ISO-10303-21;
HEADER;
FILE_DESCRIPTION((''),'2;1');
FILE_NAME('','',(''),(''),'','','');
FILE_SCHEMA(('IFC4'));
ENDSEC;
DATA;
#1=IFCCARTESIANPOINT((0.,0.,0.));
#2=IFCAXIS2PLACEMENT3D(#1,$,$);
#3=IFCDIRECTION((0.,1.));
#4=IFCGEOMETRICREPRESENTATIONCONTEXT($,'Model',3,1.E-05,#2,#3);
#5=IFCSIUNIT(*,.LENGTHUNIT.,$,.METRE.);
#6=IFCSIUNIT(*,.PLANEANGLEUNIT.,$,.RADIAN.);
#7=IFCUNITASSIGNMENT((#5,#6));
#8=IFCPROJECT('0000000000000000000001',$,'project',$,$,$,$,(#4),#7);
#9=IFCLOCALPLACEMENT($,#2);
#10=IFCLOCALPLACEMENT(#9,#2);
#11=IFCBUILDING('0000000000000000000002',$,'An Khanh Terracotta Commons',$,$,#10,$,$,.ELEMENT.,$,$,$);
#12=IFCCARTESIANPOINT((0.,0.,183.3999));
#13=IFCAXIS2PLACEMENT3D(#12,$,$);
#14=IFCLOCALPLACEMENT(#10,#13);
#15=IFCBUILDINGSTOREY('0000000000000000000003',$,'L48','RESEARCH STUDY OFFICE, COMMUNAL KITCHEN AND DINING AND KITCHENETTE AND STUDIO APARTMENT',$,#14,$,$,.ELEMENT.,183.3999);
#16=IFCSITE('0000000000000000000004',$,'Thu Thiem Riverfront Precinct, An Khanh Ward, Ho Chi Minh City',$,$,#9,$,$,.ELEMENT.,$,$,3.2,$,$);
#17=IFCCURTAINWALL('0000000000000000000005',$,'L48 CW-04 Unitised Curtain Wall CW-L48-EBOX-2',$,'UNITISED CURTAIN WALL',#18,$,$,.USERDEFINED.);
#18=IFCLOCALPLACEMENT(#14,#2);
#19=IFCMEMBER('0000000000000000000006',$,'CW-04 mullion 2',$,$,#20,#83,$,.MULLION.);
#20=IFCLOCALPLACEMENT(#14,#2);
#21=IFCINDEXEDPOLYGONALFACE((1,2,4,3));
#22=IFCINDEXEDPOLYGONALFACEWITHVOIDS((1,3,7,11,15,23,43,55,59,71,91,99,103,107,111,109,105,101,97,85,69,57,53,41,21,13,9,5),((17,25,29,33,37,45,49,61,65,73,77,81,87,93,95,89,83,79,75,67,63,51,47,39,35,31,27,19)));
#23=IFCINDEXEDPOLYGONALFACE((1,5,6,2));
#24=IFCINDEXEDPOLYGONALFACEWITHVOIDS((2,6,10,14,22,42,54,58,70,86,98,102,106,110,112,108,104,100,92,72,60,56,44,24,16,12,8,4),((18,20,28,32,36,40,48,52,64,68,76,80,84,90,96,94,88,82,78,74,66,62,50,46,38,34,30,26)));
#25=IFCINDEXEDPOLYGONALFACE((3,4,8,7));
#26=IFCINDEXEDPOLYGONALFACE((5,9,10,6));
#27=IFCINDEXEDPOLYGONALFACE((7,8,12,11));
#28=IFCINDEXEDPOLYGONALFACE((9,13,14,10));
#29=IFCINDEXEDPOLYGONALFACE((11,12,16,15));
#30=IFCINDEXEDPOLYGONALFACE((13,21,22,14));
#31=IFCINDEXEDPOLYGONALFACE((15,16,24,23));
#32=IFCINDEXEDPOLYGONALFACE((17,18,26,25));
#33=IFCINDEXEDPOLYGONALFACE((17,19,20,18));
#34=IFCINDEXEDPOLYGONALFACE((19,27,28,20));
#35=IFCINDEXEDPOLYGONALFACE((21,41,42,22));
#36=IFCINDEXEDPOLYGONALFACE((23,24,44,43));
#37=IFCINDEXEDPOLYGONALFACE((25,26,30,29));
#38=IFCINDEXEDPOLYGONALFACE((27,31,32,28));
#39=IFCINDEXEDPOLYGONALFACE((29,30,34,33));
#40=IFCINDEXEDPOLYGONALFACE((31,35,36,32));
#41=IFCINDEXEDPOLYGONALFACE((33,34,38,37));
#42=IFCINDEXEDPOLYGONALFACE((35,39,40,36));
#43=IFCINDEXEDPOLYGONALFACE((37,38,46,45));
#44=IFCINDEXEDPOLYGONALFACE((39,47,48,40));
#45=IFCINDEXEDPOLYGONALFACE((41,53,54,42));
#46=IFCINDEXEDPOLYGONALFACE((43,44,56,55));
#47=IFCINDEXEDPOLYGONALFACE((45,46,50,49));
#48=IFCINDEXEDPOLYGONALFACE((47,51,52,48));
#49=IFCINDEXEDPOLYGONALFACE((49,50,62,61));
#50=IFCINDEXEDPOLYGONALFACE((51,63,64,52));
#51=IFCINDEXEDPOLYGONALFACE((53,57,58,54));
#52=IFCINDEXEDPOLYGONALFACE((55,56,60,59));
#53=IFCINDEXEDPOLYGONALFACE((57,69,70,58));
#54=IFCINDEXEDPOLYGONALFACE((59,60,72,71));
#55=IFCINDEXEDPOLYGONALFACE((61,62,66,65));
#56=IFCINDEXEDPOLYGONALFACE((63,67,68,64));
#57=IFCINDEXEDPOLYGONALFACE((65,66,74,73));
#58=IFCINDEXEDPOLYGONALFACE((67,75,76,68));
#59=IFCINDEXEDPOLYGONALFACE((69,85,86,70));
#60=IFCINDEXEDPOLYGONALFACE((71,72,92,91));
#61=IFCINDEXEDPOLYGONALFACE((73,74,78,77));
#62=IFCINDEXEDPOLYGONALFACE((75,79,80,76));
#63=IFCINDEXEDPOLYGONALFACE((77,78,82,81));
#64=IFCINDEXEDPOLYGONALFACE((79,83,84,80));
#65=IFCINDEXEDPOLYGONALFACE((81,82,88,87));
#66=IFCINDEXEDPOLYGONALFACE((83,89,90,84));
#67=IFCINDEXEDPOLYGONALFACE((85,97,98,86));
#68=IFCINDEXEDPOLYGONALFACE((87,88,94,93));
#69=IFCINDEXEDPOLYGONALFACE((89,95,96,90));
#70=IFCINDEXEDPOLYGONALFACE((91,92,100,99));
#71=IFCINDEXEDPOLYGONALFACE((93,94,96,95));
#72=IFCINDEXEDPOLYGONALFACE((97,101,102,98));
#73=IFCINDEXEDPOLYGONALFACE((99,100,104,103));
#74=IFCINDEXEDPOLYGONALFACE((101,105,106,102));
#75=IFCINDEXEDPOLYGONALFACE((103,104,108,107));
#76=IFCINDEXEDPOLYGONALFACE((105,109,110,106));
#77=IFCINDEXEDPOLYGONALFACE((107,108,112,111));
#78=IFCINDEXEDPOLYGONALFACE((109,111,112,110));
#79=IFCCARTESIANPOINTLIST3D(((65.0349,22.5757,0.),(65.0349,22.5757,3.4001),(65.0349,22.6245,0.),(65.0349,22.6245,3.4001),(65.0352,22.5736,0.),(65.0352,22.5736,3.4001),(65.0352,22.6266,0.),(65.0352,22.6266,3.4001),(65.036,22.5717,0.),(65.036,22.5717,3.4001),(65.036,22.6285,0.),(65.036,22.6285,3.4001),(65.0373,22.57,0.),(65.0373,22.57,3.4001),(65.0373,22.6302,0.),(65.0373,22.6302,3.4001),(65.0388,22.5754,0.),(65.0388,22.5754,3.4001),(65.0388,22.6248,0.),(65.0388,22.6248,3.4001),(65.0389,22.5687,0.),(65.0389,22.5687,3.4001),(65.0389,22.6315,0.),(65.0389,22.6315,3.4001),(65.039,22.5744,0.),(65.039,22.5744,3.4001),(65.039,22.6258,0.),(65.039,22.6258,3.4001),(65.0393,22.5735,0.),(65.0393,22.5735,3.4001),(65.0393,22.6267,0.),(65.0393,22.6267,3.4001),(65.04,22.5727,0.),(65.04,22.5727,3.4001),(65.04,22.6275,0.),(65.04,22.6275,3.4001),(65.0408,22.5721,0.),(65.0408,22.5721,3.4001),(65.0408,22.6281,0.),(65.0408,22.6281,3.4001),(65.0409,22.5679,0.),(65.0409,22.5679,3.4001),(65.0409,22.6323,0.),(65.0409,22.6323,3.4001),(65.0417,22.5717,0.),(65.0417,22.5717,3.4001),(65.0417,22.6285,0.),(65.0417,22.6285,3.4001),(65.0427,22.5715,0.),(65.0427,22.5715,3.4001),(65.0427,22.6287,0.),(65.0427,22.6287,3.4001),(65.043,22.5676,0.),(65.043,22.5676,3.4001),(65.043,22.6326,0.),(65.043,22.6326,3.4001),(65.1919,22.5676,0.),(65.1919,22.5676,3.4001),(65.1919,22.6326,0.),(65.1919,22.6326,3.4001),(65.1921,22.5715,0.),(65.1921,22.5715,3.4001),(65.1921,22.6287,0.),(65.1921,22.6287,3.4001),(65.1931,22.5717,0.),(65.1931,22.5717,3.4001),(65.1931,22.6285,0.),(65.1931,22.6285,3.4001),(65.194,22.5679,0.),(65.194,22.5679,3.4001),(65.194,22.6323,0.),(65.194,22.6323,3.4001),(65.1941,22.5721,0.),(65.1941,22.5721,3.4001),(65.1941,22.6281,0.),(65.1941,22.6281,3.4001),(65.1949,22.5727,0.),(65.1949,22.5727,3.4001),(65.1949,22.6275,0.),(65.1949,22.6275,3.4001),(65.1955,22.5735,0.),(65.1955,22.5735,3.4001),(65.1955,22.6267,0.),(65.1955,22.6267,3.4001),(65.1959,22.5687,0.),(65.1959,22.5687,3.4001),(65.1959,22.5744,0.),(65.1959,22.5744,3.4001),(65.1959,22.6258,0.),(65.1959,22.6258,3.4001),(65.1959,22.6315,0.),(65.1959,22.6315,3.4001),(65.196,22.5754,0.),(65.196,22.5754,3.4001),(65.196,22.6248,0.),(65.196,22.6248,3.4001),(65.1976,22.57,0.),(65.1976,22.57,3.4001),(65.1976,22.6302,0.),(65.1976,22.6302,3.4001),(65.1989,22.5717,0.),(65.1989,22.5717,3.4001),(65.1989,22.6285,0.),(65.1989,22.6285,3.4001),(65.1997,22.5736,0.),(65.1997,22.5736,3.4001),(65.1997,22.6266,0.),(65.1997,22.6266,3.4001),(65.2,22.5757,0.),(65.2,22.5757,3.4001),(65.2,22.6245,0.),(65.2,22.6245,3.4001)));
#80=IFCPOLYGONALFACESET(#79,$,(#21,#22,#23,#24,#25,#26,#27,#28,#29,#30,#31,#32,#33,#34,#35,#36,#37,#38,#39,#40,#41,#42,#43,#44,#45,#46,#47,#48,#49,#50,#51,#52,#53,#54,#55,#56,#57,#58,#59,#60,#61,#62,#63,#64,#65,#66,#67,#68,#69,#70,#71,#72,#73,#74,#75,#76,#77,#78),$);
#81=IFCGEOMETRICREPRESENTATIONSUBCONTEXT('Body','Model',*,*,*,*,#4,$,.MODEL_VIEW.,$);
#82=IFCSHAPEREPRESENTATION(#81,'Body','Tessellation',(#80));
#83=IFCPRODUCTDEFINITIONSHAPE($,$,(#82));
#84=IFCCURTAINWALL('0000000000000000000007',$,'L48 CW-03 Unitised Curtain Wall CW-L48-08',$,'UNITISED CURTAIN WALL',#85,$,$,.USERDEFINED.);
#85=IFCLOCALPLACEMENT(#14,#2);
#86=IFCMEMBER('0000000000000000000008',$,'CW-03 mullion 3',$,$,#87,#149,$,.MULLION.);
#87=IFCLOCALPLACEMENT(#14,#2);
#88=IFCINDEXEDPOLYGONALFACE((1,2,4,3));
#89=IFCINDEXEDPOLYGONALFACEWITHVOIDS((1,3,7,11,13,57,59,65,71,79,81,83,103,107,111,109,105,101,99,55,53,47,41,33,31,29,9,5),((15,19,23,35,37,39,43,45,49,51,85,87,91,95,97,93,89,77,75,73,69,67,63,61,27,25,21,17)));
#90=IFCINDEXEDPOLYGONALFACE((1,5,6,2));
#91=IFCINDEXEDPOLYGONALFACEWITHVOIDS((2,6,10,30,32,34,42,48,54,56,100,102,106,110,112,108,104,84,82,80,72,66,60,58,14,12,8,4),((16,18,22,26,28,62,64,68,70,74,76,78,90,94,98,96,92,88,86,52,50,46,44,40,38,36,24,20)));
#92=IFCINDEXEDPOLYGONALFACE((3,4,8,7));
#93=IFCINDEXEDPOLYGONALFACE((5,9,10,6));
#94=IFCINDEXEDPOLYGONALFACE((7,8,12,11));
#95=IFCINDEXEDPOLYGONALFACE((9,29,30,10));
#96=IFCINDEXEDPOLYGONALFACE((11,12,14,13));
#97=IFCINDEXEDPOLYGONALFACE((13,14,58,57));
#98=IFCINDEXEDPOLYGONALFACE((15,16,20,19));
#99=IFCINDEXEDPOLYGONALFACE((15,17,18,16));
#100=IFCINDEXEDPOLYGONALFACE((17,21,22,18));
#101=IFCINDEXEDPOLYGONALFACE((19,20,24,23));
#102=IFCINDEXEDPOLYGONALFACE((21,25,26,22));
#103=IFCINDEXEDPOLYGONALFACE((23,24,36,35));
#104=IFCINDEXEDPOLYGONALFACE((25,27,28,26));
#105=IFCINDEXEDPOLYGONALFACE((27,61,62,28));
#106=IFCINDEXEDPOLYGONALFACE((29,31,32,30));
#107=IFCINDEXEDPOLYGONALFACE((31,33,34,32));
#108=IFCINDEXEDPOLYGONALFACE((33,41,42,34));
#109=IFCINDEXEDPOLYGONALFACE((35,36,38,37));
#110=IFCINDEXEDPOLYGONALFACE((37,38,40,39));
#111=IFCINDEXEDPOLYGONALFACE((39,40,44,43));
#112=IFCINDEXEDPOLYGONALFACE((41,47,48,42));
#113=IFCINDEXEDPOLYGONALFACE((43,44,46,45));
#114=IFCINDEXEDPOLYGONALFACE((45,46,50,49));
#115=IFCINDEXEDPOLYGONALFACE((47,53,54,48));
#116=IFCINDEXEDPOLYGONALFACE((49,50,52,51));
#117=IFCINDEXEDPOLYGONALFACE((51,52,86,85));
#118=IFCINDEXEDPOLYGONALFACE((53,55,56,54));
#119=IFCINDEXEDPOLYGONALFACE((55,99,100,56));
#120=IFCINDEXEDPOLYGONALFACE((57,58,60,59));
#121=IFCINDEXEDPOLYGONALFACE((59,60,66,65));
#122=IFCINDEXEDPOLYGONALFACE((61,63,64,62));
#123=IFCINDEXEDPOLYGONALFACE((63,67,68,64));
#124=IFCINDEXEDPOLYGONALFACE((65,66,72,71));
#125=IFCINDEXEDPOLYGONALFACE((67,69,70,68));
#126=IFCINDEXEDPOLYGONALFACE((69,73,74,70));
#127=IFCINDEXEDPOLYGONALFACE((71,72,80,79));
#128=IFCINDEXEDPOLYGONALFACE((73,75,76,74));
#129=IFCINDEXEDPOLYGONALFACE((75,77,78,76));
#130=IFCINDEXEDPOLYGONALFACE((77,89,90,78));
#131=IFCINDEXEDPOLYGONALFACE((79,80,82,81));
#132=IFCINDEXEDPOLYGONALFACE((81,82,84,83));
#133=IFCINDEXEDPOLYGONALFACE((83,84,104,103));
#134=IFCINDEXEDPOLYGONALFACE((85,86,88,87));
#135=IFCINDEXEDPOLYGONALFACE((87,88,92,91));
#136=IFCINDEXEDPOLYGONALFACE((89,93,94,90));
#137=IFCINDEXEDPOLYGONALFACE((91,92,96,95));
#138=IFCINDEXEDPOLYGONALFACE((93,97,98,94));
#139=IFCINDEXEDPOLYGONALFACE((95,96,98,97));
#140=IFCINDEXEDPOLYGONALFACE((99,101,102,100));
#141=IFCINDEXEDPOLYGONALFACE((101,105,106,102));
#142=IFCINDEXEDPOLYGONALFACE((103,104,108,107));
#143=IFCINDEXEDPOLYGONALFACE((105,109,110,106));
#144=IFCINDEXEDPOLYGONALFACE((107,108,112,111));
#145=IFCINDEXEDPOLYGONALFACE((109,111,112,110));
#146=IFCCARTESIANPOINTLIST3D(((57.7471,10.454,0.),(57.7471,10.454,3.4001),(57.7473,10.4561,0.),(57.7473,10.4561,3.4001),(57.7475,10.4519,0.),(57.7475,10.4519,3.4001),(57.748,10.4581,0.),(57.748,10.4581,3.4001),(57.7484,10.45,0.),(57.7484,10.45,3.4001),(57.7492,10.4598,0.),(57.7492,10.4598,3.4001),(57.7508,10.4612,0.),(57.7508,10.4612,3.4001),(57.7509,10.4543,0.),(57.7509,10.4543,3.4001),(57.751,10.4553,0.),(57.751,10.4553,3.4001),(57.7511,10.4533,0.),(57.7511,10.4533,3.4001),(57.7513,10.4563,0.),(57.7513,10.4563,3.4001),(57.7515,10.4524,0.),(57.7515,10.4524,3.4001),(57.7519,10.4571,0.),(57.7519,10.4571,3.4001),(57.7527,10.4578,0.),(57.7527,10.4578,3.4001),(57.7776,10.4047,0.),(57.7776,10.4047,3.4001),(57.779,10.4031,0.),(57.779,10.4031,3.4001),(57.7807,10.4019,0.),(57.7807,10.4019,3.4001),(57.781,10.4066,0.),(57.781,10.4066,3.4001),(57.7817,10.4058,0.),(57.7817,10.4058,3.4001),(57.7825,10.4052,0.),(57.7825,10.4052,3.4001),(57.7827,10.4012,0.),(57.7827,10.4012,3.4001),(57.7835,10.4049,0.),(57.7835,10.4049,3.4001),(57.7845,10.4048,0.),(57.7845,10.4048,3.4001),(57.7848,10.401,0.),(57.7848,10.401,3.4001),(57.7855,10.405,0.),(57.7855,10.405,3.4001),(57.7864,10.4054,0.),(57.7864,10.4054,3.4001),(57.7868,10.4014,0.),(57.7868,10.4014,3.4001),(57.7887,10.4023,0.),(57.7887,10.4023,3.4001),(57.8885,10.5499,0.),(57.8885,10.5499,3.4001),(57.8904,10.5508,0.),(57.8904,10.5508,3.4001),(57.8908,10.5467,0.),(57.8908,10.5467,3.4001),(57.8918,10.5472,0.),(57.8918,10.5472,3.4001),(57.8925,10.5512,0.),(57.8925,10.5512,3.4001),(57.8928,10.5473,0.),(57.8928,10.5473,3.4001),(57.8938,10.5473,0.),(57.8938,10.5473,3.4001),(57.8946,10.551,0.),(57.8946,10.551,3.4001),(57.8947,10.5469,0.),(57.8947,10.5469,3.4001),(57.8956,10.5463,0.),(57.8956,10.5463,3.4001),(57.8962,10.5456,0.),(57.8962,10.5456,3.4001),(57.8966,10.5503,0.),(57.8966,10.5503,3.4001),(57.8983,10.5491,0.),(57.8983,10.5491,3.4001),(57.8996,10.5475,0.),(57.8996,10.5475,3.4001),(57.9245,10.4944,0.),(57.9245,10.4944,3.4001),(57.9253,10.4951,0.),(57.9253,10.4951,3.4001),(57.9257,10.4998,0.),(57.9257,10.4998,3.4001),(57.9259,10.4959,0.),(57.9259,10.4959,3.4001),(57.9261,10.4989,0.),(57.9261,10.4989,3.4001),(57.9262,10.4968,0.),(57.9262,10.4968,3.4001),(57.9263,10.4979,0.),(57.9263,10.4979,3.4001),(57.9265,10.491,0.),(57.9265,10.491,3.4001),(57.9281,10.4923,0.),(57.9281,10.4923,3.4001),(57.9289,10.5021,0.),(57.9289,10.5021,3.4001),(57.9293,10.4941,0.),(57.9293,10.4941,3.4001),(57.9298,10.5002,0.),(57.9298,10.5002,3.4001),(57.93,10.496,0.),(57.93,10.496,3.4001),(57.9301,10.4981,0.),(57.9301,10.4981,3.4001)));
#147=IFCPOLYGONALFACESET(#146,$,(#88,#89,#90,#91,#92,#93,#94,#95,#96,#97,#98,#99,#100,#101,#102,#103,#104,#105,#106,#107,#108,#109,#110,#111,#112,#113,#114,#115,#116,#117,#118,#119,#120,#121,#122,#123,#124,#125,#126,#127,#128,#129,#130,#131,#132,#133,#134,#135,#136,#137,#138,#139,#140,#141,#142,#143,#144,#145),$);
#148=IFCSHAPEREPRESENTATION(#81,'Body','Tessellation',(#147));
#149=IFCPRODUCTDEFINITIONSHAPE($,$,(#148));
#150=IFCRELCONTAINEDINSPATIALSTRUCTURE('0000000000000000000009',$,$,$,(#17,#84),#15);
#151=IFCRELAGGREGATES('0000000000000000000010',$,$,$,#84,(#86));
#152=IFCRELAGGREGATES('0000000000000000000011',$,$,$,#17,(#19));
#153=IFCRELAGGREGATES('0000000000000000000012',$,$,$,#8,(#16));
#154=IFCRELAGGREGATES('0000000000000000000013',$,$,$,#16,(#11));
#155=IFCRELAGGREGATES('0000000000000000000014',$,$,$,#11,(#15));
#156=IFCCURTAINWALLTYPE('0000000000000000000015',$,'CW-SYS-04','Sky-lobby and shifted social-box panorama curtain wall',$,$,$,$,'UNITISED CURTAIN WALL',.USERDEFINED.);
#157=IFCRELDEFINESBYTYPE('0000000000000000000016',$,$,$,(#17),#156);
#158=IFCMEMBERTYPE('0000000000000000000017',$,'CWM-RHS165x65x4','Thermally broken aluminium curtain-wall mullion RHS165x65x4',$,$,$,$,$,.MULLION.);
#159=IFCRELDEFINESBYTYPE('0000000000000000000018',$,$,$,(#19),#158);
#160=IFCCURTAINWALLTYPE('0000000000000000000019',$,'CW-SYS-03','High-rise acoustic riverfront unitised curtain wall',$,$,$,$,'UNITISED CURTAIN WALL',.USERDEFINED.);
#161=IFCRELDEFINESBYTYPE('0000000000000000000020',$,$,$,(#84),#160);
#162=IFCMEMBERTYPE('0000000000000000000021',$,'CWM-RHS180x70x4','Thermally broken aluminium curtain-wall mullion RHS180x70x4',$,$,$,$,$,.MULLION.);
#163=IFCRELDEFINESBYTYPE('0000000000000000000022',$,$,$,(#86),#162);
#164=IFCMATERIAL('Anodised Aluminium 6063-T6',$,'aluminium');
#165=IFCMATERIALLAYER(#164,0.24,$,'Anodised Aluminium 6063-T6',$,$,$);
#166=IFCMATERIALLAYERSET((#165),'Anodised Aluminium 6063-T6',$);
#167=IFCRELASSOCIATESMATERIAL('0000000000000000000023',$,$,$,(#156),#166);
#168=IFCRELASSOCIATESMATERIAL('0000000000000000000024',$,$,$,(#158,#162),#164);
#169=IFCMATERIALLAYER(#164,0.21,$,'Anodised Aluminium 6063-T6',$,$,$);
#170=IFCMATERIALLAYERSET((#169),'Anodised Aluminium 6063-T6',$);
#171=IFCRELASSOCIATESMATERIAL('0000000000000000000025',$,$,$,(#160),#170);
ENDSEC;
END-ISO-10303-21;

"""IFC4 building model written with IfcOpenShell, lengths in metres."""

from ifc_helpers import new_model, si_unit, direction, frame, origin, origin_2d, place, context, subcontext, project, spatial, hollow_rectangle, extrude, material, layer, layer_set, material_profile, profile_set, type_object, element, aggregate, save


model = new_model("IFC4")

# Units and contexts
model_context = context("Model", 3, precision=1e-05, world=origin(), true_north=direction((0.0, 1.0)))
body_context = subcontext(model_context, "Body", "Model", "MODEL_VIEW")
ifc_project = project(units=[si_unit("LENGTHUNIT", "METRE"), si_unit("PLANEANGLEUNIT", "RADIAN")], contexts=[model_context])

# Site, building, storey
site_placement = place(None, origin())
site = spatial("IfcSite", under=ifc_project, at=site_placement, Name="Thu Thiem Riverfront Precinct, An Khanh Ward, Ho Chi Minh City", CompositionType="ELEMENT", RefElevation=3.2)
building_placement = place(site_placement, origin())
building = spatial("IfcBuilding", under=site, at=building_placement, Name="An Khanh Terracotta Commons", CompositionType="ELEMENT")
storey_placement = place(building_placement, frame((0.0, 0.0, 183.3999)))
storey = spatial("IfcBuildingStorey", under=building, at=storey_placement, Name="L48", Description="RESEARCH STUDY OFFICE, COMMUNAL KITCHEN AND DINING AND KITCHENETTE AND STUDIO APARTMENT", CompositionType="ELEMENT", Elevation=183.3999)

# Shared definitions
ifc_material_1 = material(Name="Anodised Aluminium 6063-T6", Category="aluminium")
ifc_layer_1 = layer(ifc_material_1, 0.24, Name="Anodised Aluminium 6063-T6")
ifc_layer_set_1 = layer_set([ifc_layer_1], Name="Anodised Aluminium 6063-T6")
curtain_wall_type_1 = type_object("IfcCurtainWallType", Name="CW-SYS-04", Description="Sky-lobby and shifted social-box panorama curtain wall", ElementType="UNITISED CURTAIN WALL", PredefinedType="USERDEFINED", material=ifc_layer_set_1)
ifc_material_profile_1 = material_profile(ifc_material_1, hollow_rectangle(XDim=0.0649, YDim=0.165, WallThickness=0.0039, InnerFilletRadius=0.0039, OuterFilletRadius=0.0081, at=origin_2d()), Name="RHS165x65x4")
ifc_profile_set_1 = profile_set([ifc_material_profile_1], Name="Anodised Aluminium 6063-T6")
member_type_1 = type_object("IfcMemberType", Name="CWM-RHS165x65x4", Description="Thermally broken aluminium curtain-wall mullion RHS165x65x4", PredefinedType="MULLION", material=ifc_profile_set_1)

# Curtain walls, members
curtain_wall_1_placement = place(storey_placement, origin())
curtain_wall_1 = element("IfcCurtainWall", 1, at=curtain_wall_1_placement, inside=storey, type_object=curtain_wall_type_1, Name="L48 CW-04 Unitised Curtain Wall CW-L48-EBOX-2", ObjectType="UNITISED CURTAIN WALL", PredefinedType="USERDEFINED")
member_1_placement = place(storey_placement, frame((65.1174, 22.6001, 0.0), z_axis=(0.0, 0.0, 1.0), x_axis=(0.0, 1.0, 0.0)))
member_1 = element("IfcMember", 2, at=member_1_placement, type_object=member_type_1, Name="CW-04 mullion 2", PredefinedType="MULLION", context=body_context, shape_type="SweptSolid", body=[
    extrude(hollow_rectangle(XDim=0.0649, YDim=0.165, WallThickness=0.0039, InnerFilletRadius=0.0039, OuterFilletRadius=0.0081, at=origin_2d()), origin(), (0.0, 0.0, 1.0), 3.4001),
])
ifc_layer_2 = layer(ifc_material_1, 0.21, Name="Anodised Aluminium 6063-T6")
ifc_layer_set_2 = layer_set([ifc_layer_2], Name="Anodised Aluminium 6063-T6")
curtain_wall_type_2 = type_object("IfcCurtainWallType", Name="CW-SYS-03", Description="High-rise acoustic riverfront unitised curtain wall", ElementType="UNITISED CURTAIN WALL", PredefinedType="USERDEFINED", material=ifc_layer_set_2)
curtain_wall_2_placement = place(storey_placement, origin())
curtain_wall_2 = element("IfcCurtainWall", 3, at=curtain_wall_2_placement, inside=storey, type_object=curtain_wall_type_2, Name="L48 CW-03 Unitised Curtain Wall CW-L48-08", ObjectType="UNITISED CURTAIN WALL", PredefinedType="USERDEFINED")
ifc_material_profile_2 = material_profile(ifc_material_1, hollow_rectangle(XDim=0.0701, YDim=0.1799, WallThickness=0.0039, InnerFilletRadius=0.0039, OuterFilletRadius=0.0081, at=origin_2d()), Name="RHS180x70x4")
ifc_profile_set_2 = profile_set([ifc_material_profile_2], Name="Anodised Aluminium 6063-T6")
member_type_2 = type_object("IfcMemberType", Name="CWM-RHS180x70x4", Description="Thermally broken aluminium curtain-wall mullion RHS180x70x4", PredefinedType="MULLION", material=ifc_profile_set_2)
member_2_placement = place(storey_placement, frame((57.8386, 10.4761, 0.0), z_axis=(0.0, 0.0, 1.0), x_axis=(-0.541498, 0.840702, 0.0)))
member_2 = element("IfcMember", 4, at=member_2_placement, type_object=member_type_2, Name="CW-03 mullion 3", PredefinedType="MULLION", context=body_context, shape_type="SweptSolid", body=[
    extrude(hollow_rectangle(XDim=0.0701, YDim=0.1799, WallThickness=0.0039, InnerFilletRadius=0.0039, OuterFilletRadius=0.0081, at=origin_2d()), origin(), (0.0, 0.0, 1.0), 3.4001),
])

aggregate(curtain_wall_2, [member_2])
aggregate(curtain_wall_1, [member_1])

save(model, "model.ifc")
